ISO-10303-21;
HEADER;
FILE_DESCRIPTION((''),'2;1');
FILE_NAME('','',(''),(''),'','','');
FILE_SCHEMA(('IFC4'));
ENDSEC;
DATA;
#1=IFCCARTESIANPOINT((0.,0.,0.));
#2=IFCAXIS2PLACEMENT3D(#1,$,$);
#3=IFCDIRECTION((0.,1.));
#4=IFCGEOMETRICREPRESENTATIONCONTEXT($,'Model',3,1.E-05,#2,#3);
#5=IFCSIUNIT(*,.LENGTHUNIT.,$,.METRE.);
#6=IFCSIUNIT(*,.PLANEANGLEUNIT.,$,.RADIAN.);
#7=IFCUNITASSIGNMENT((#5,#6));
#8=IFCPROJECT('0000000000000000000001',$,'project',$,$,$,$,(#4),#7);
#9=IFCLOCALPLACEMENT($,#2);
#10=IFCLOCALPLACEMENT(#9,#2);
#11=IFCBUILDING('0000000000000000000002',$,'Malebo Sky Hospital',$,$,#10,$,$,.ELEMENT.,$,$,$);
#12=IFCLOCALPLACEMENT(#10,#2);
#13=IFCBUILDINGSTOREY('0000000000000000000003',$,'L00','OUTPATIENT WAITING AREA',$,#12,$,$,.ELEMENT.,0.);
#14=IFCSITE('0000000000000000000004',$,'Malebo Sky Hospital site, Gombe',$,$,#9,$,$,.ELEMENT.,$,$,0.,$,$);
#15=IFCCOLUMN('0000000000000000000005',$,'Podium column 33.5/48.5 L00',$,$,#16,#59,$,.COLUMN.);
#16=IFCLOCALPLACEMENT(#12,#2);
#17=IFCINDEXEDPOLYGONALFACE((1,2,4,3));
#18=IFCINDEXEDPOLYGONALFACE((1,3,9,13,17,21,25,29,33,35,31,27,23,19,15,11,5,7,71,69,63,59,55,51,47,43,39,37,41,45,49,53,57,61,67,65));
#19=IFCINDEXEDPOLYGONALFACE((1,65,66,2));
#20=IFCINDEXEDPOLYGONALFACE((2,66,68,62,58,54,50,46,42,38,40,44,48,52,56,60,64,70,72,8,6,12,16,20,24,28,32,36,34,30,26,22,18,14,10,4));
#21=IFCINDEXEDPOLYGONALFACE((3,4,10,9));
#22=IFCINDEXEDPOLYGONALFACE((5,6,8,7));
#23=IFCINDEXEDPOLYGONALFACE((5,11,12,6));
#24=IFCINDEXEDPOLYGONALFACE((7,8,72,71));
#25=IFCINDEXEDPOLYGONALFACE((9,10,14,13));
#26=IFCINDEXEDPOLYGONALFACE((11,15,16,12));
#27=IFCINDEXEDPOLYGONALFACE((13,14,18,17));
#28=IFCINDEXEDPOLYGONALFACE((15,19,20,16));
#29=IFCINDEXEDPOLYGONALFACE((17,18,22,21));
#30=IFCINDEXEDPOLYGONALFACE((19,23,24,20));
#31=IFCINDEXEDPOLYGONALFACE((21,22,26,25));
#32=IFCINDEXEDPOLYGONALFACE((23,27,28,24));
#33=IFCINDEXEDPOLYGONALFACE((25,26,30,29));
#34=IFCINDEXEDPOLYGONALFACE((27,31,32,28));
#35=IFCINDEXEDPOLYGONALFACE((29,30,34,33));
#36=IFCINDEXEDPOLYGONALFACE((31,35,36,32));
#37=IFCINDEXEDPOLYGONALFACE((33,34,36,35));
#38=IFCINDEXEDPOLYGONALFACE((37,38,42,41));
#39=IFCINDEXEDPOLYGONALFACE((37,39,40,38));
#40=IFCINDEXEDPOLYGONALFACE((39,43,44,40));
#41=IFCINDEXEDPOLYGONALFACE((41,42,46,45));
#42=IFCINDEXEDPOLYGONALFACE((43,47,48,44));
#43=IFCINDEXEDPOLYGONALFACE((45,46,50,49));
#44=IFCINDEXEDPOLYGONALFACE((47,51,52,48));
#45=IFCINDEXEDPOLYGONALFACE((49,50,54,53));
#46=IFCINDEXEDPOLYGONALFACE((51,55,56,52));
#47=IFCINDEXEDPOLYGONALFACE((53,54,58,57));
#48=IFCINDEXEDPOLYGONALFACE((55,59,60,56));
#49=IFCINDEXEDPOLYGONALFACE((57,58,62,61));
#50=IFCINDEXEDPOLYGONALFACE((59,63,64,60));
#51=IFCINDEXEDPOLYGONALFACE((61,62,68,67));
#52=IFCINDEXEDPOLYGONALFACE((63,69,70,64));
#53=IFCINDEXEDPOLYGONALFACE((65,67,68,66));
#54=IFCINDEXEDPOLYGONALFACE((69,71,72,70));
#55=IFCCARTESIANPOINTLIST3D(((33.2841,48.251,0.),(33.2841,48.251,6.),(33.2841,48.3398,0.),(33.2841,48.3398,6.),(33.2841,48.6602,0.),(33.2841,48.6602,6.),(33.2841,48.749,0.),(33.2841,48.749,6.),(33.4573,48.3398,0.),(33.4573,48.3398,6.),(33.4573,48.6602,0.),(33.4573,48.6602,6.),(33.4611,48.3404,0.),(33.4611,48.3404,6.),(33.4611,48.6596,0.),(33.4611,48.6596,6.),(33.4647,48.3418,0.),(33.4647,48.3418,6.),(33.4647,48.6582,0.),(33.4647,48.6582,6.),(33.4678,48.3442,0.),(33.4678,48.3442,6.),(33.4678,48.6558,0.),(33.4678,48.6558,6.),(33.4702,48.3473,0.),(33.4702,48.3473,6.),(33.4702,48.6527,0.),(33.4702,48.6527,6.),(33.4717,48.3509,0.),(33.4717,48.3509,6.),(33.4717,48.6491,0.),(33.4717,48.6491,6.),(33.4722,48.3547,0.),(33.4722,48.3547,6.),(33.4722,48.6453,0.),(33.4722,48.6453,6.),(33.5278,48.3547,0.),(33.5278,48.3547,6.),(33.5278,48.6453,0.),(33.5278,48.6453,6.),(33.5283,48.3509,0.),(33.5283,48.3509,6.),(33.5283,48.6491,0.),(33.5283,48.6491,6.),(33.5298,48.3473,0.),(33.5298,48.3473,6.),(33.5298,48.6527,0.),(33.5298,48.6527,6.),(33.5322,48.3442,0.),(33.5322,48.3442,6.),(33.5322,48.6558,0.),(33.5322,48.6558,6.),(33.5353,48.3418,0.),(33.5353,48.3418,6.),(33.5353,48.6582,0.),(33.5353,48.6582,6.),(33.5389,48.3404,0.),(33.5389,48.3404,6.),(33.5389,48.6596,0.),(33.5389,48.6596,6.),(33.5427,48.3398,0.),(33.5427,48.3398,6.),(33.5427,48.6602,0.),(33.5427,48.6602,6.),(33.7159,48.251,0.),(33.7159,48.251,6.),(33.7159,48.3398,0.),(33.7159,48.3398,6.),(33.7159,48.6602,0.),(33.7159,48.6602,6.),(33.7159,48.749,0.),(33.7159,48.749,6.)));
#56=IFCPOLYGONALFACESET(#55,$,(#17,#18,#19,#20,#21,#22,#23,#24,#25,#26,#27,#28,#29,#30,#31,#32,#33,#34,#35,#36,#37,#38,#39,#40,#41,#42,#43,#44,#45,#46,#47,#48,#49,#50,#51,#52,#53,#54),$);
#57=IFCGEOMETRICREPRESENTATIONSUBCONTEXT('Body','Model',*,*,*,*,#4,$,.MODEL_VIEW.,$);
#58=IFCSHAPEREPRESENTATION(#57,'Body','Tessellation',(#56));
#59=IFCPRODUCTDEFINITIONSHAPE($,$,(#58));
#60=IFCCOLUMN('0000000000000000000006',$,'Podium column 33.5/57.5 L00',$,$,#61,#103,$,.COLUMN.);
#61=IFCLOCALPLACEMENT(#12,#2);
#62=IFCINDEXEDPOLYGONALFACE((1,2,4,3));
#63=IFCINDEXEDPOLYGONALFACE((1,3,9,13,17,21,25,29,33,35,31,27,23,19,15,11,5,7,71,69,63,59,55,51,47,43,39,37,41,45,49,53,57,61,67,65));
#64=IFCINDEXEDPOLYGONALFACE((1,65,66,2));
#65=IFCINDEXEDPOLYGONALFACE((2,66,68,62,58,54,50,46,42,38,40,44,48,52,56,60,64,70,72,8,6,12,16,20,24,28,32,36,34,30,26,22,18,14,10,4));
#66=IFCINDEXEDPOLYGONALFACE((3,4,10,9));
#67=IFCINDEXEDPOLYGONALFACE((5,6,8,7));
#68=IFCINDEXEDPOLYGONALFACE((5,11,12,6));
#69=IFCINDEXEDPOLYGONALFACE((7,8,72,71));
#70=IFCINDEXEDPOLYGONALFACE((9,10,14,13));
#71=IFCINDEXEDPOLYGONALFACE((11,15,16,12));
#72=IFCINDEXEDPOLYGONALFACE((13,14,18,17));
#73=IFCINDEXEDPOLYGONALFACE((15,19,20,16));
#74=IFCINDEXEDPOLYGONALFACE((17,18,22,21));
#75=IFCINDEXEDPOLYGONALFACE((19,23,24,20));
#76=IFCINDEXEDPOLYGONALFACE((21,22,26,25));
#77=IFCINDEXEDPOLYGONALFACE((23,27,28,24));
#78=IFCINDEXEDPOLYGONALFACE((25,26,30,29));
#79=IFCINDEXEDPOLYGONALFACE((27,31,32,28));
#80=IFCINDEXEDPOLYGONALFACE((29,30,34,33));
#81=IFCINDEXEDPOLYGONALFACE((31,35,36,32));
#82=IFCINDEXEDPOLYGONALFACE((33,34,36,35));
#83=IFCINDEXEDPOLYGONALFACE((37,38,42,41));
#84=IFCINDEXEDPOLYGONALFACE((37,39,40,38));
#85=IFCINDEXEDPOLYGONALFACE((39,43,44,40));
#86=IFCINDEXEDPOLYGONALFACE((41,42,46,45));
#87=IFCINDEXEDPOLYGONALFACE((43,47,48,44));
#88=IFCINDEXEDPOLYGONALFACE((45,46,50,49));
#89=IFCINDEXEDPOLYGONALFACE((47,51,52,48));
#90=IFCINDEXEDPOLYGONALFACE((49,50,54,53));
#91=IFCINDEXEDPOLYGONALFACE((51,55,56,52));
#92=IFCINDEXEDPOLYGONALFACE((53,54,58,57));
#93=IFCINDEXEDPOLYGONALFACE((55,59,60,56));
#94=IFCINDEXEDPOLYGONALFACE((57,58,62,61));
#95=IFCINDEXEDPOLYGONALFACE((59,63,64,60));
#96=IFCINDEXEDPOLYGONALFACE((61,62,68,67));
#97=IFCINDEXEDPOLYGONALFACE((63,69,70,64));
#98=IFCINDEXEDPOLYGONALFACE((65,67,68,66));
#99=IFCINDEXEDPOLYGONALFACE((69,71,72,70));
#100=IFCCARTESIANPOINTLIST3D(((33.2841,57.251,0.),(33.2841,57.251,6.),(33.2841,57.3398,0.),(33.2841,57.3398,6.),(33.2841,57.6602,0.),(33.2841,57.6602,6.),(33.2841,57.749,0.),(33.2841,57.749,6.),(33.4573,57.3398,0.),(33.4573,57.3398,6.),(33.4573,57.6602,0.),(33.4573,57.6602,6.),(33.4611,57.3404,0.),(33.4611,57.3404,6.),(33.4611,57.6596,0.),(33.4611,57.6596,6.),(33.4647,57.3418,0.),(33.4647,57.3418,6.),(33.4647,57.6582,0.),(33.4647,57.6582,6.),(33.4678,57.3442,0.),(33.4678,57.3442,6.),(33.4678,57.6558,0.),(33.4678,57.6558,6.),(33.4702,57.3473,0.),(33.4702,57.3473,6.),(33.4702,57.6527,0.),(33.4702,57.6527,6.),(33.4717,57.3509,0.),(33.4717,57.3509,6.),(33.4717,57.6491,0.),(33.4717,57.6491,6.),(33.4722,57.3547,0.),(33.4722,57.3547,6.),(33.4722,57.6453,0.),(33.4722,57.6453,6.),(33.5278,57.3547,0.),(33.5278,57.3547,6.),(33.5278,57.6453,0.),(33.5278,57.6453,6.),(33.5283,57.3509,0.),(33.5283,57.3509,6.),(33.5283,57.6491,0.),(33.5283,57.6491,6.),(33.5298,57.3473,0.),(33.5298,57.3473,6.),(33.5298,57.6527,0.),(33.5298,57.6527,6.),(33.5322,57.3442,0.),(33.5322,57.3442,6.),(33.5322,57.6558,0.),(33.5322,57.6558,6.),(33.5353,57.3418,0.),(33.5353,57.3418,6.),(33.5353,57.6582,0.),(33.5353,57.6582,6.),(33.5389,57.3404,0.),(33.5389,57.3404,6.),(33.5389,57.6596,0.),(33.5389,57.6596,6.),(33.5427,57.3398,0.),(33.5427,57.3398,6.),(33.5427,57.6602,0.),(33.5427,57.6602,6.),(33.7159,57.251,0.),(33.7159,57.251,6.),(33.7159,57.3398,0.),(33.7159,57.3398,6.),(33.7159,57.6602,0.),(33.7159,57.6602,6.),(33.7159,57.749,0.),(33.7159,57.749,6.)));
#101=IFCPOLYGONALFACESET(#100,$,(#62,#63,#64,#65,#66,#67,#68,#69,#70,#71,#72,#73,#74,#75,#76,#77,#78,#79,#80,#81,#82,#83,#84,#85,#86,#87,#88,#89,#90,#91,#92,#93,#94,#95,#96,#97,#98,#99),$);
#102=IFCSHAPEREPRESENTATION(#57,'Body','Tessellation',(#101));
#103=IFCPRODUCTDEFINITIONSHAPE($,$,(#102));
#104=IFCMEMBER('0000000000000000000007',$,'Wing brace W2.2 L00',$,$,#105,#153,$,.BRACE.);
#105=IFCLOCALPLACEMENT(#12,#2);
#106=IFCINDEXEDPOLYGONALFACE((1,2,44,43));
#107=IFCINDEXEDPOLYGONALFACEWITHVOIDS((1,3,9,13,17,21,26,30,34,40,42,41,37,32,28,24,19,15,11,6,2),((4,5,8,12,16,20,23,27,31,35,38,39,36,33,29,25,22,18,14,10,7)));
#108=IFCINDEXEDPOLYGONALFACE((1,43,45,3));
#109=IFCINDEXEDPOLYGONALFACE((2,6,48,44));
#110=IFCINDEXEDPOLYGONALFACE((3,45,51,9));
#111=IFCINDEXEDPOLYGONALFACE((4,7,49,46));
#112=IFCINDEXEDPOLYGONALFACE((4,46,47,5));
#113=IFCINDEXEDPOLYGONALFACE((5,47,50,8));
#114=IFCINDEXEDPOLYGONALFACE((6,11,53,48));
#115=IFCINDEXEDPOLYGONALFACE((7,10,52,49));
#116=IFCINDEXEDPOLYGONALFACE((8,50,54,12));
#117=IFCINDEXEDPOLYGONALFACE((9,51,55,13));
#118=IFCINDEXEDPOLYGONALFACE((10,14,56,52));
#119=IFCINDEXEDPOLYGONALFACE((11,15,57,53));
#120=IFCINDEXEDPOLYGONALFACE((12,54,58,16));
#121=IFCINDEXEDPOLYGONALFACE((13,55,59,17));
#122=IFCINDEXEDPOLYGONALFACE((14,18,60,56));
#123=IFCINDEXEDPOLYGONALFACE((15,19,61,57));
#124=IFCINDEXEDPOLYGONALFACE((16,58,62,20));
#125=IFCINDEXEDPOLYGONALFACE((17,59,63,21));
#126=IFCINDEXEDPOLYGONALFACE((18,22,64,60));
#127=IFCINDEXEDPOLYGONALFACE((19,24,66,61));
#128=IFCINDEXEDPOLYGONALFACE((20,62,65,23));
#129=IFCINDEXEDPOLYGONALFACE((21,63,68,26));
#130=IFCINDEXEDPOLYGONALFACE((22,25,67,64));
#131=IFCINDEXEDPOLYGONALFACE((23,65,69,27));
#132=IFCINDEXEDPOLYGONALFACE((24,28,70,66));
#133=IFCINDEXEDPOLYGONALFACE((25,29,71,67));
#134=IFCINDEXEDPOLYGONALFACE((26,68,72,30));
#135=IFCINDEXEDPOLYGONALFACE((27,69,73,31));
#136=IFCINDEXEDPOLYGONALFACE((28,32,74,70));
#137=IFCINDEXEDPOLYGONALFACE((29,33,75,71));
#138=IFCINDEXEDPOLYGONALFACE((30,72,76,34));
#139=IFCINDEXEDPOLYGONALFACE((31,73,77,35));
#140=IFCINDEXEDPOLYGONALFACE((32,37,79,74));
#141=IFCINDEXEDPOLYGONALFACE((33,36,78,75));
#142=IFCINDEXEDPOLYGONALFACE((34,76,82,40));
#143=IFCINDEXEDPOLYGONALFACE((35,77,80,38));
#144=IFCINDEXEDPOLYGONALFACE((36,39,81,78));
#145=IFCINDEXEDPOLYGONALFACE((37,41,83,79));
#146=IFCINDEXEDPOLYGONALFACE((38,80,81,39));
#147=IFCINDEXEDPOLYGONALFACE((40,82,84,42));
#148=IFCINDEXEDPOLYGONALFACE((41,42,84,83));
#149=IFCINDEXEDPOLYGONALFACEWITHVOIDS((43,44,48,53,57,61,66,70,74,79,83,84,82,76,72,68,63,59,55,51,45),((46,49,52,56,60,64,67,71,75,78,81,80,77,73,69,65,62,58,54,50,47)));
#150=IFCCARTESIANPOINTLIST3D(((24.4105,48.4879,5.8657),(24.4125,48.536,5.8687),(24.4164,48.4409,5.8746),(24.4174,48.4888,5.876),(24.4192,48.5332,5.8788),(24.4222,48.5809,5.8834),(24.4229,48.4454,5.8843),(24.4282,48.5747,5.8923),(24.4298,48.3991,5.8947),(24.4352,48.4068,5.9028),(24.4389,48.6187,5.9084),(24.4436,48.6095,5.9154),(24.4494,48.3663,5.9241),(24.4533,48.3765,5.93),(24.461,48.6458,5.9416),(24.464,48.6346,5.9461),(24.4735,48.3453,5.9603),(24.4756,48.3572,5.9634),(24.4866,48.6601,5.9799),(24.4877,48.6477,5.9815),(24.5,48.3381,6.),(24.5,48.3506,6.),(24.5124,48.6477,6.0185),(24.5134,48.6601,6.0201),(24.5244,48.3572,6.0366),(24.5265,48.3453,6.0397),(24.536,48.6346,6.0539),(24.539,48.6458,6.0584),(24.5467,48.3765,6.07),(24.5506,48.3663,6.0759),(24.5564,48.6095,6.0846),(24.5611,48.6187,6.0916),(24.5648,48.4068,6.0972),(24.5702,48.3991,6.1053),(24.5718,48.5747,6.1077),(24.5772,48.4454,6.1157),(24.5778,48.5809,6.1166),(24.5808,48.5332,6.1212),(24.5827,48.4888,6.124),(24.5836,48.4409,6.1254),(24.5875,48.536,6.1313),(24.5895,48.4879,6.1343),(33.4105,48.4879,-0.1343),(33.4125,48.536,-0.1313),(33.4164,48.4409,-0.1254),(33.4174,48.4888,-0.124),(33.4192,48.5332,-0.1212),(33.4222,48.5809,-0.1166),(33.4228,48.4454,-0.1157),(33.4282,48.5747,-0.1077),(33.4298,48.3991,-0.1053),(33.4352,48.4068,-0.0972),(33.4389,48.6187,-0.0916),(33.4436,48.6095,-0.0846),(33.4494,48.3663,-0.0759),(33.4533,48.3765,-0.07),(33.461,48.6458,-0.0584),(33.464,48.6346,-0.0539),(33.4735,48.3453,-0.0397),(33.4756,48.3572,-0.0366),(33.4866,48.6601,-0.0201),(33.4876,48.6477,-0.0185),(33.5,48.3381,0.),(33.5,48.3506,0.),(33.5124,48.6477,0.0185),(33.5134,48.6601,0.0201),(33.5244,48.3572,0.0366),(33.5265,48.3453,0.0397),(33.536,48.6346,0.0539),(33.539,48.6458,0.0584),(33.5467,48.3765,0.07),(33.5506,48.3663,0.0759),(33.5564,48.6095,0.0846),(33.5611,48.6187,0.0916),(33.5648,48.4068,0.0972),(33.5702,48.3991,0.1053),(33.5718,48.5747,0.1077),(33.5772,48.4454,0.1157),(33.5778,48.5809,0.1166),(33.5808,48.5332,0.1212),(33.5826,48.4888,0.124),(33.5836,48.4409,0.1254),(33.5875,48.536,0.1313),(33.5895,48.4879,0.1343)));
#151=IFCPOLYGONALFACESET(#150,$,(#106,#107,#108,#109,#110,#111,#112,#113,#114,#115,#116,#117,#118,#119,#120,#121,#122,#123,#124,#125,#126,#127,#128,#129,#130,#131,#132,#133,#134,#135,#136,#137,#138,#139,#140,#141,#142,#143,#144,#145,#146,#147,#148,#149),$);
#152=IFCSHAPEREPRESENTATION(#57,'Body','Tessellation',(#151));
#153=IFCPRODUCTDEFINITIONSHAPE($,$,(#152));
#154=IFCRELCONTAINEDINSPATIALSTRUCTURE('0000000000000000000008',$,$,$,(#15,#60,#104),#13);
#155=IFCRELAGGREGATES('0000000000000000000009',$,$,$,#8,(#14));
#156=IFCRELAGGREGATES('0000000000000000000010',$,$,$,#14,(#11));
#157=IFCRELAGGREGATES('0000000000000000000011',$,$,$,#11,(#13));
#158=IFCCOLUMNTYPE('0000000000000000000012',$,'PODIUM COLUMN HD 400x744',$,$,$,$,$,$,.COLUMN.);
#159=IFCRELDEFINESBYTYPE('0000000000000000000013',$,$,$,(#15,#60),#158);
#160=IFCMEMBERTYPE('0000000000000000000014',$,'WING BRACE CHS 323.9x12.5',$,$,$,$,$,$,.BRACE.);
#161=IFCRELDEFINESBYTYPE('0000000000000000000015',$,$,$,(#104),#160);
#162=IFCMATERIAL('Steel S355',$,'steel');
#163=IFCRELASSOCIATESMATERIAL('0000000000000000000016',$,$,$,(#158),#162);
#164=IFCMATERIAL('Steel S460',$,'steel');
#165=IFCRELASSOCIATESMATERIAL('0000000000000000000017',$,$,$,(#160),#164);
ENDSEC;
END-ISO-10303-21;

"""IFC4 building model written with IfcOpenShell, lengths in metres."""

from ifc_helpers import new_model, si_unit, direction, frame, origin, origin_2d, place, context, subcontext, project, spatial, hollow_circle, i_section, extrude, material, material_profile, profile_set, type_object, element, save


model = new_model("IFC4")

# Units and contexts
model_context = context("Model", 3, precision=1e-05, world=origin(), true_north=direction((0.0, 1.0)))
body_context = subcontext(model_context, "Body", "Model", "MODEL_VIEW")
ifc_project = project(units=[si_unit("LENGTHUNIT", "METRE"), si_unit("PLANEANGLEUNIT", "RADIAN")], contexts=[model_context])

# Site, building, storey
site_placement = place(None, origin())
site = spatial("IfcSite", under=ifc_project, at=site_placement, Name="Malebo Sky Hospital site, Gombe", CompositionType="ELEMENT", RefElevation=0.0)
building_placement = place(site_placement, origin())
building = spatial("IfcBuilding", under=site, at=building_placement, Name="Malebo Sky Hospital", CompositionType="ELEMENT")
storey_placement = place(building_placement, origin())
storey = spatial("IfcBuildingStorey", under=building, at=storey_placement, Name="L00", Description="OUTPATIENT WAITING AREA", CompositionType="ELEMENT", Elevation=0.0)

# Columns
ifc_material_1 = material(Name="Steel S460", Category="steel")
ifc_material_2 = material(Name="Steel S355", Category="steel")
ifc_material_profile_1 = material_profile(ifc_material_2, i_section(OverallWidth=0.4319, OverallDepth=0.498, WebThickness=0.0557, FlangeThickness=0.0889, FilletRadius=0.0149, at=origin_2d()), Name="HD 400x744")
ifc_profile_set_1 = profile_set([ifc_material_profile_1], Name="Steel S355")
column_type_1 = type_object("IfcColumnType", Name="PODIUM COLUMN HD 400x744", PredefinedType="COLUMN", material=ifc_profile_set_1)
for number, where, z_axis, x_axis, name in (
    (1, (33.5, 48.5, 0.0), (0.0, 0.0, 1.0), (1.0, 0.0, 0.0), "Podium column 33.5/48.5 L00"),
    (2, (33.5, 57.5, 0.0), (0.0, 0.0, 1.0), (1.0, 0.0, 0.0), "Podium column 33.5/57.5 L00"),
):
    element("IfcColumn", number, at=place(storey_placement, frame(where, z_axis=z_axis, x_axis=x_axis)), inside=storey, type_object=column_type_1, Name=name, PredefinedType="COLUMN", context=body_context, shape_type="SweptSolid", body=[
        extrude(i_section(OverallWidth=0.4319, OverallDepth=0.498, WebThickness=0.0557, FlangeThickness=0.0889, FilletRadius=0.0149, at=origin_2d()), origin(), (0.0, 0.0, 1.0), 6.0),
    ])

# Member
ifc_material_profile_2 = material_profile(ifc_material_1, hollow_circle(Radius=0.1619, WallThickness=0.0125, at=origin_2d()), Name="CHS 323.9x12.5")
ifc_profile_set_2 = profile_set([ifc_material_profile_2], Name="Steel S460")
member_type = type_object("IfcMemberType", Name="WING BRACE CHS 323.9x12.5", PredefinedType="BRACE", material=ifc_profile_set_2)
member_placement = place(storey_placement, frame((33.5, 48.5, 0.0), z_axis=(-0.83205, 0.0, 0.5547), x_axis=(0.0, -1.0, 0.0)))
element("IfcMember", 3, at=member_placement, inside=storey, type_object=member_type, Name="Wing brace W2.2 L00", PredefinedType="BRACE", context=body_context, shape_type="SweptSolid", body=[
    extrude(hollow_circle(Radius=0.1619, WallThickness=0.0125, at=origin_2d()), origin(), (0.0, 0.0, 1.0), 10.8167),
])

save(model, "model.ifc")
